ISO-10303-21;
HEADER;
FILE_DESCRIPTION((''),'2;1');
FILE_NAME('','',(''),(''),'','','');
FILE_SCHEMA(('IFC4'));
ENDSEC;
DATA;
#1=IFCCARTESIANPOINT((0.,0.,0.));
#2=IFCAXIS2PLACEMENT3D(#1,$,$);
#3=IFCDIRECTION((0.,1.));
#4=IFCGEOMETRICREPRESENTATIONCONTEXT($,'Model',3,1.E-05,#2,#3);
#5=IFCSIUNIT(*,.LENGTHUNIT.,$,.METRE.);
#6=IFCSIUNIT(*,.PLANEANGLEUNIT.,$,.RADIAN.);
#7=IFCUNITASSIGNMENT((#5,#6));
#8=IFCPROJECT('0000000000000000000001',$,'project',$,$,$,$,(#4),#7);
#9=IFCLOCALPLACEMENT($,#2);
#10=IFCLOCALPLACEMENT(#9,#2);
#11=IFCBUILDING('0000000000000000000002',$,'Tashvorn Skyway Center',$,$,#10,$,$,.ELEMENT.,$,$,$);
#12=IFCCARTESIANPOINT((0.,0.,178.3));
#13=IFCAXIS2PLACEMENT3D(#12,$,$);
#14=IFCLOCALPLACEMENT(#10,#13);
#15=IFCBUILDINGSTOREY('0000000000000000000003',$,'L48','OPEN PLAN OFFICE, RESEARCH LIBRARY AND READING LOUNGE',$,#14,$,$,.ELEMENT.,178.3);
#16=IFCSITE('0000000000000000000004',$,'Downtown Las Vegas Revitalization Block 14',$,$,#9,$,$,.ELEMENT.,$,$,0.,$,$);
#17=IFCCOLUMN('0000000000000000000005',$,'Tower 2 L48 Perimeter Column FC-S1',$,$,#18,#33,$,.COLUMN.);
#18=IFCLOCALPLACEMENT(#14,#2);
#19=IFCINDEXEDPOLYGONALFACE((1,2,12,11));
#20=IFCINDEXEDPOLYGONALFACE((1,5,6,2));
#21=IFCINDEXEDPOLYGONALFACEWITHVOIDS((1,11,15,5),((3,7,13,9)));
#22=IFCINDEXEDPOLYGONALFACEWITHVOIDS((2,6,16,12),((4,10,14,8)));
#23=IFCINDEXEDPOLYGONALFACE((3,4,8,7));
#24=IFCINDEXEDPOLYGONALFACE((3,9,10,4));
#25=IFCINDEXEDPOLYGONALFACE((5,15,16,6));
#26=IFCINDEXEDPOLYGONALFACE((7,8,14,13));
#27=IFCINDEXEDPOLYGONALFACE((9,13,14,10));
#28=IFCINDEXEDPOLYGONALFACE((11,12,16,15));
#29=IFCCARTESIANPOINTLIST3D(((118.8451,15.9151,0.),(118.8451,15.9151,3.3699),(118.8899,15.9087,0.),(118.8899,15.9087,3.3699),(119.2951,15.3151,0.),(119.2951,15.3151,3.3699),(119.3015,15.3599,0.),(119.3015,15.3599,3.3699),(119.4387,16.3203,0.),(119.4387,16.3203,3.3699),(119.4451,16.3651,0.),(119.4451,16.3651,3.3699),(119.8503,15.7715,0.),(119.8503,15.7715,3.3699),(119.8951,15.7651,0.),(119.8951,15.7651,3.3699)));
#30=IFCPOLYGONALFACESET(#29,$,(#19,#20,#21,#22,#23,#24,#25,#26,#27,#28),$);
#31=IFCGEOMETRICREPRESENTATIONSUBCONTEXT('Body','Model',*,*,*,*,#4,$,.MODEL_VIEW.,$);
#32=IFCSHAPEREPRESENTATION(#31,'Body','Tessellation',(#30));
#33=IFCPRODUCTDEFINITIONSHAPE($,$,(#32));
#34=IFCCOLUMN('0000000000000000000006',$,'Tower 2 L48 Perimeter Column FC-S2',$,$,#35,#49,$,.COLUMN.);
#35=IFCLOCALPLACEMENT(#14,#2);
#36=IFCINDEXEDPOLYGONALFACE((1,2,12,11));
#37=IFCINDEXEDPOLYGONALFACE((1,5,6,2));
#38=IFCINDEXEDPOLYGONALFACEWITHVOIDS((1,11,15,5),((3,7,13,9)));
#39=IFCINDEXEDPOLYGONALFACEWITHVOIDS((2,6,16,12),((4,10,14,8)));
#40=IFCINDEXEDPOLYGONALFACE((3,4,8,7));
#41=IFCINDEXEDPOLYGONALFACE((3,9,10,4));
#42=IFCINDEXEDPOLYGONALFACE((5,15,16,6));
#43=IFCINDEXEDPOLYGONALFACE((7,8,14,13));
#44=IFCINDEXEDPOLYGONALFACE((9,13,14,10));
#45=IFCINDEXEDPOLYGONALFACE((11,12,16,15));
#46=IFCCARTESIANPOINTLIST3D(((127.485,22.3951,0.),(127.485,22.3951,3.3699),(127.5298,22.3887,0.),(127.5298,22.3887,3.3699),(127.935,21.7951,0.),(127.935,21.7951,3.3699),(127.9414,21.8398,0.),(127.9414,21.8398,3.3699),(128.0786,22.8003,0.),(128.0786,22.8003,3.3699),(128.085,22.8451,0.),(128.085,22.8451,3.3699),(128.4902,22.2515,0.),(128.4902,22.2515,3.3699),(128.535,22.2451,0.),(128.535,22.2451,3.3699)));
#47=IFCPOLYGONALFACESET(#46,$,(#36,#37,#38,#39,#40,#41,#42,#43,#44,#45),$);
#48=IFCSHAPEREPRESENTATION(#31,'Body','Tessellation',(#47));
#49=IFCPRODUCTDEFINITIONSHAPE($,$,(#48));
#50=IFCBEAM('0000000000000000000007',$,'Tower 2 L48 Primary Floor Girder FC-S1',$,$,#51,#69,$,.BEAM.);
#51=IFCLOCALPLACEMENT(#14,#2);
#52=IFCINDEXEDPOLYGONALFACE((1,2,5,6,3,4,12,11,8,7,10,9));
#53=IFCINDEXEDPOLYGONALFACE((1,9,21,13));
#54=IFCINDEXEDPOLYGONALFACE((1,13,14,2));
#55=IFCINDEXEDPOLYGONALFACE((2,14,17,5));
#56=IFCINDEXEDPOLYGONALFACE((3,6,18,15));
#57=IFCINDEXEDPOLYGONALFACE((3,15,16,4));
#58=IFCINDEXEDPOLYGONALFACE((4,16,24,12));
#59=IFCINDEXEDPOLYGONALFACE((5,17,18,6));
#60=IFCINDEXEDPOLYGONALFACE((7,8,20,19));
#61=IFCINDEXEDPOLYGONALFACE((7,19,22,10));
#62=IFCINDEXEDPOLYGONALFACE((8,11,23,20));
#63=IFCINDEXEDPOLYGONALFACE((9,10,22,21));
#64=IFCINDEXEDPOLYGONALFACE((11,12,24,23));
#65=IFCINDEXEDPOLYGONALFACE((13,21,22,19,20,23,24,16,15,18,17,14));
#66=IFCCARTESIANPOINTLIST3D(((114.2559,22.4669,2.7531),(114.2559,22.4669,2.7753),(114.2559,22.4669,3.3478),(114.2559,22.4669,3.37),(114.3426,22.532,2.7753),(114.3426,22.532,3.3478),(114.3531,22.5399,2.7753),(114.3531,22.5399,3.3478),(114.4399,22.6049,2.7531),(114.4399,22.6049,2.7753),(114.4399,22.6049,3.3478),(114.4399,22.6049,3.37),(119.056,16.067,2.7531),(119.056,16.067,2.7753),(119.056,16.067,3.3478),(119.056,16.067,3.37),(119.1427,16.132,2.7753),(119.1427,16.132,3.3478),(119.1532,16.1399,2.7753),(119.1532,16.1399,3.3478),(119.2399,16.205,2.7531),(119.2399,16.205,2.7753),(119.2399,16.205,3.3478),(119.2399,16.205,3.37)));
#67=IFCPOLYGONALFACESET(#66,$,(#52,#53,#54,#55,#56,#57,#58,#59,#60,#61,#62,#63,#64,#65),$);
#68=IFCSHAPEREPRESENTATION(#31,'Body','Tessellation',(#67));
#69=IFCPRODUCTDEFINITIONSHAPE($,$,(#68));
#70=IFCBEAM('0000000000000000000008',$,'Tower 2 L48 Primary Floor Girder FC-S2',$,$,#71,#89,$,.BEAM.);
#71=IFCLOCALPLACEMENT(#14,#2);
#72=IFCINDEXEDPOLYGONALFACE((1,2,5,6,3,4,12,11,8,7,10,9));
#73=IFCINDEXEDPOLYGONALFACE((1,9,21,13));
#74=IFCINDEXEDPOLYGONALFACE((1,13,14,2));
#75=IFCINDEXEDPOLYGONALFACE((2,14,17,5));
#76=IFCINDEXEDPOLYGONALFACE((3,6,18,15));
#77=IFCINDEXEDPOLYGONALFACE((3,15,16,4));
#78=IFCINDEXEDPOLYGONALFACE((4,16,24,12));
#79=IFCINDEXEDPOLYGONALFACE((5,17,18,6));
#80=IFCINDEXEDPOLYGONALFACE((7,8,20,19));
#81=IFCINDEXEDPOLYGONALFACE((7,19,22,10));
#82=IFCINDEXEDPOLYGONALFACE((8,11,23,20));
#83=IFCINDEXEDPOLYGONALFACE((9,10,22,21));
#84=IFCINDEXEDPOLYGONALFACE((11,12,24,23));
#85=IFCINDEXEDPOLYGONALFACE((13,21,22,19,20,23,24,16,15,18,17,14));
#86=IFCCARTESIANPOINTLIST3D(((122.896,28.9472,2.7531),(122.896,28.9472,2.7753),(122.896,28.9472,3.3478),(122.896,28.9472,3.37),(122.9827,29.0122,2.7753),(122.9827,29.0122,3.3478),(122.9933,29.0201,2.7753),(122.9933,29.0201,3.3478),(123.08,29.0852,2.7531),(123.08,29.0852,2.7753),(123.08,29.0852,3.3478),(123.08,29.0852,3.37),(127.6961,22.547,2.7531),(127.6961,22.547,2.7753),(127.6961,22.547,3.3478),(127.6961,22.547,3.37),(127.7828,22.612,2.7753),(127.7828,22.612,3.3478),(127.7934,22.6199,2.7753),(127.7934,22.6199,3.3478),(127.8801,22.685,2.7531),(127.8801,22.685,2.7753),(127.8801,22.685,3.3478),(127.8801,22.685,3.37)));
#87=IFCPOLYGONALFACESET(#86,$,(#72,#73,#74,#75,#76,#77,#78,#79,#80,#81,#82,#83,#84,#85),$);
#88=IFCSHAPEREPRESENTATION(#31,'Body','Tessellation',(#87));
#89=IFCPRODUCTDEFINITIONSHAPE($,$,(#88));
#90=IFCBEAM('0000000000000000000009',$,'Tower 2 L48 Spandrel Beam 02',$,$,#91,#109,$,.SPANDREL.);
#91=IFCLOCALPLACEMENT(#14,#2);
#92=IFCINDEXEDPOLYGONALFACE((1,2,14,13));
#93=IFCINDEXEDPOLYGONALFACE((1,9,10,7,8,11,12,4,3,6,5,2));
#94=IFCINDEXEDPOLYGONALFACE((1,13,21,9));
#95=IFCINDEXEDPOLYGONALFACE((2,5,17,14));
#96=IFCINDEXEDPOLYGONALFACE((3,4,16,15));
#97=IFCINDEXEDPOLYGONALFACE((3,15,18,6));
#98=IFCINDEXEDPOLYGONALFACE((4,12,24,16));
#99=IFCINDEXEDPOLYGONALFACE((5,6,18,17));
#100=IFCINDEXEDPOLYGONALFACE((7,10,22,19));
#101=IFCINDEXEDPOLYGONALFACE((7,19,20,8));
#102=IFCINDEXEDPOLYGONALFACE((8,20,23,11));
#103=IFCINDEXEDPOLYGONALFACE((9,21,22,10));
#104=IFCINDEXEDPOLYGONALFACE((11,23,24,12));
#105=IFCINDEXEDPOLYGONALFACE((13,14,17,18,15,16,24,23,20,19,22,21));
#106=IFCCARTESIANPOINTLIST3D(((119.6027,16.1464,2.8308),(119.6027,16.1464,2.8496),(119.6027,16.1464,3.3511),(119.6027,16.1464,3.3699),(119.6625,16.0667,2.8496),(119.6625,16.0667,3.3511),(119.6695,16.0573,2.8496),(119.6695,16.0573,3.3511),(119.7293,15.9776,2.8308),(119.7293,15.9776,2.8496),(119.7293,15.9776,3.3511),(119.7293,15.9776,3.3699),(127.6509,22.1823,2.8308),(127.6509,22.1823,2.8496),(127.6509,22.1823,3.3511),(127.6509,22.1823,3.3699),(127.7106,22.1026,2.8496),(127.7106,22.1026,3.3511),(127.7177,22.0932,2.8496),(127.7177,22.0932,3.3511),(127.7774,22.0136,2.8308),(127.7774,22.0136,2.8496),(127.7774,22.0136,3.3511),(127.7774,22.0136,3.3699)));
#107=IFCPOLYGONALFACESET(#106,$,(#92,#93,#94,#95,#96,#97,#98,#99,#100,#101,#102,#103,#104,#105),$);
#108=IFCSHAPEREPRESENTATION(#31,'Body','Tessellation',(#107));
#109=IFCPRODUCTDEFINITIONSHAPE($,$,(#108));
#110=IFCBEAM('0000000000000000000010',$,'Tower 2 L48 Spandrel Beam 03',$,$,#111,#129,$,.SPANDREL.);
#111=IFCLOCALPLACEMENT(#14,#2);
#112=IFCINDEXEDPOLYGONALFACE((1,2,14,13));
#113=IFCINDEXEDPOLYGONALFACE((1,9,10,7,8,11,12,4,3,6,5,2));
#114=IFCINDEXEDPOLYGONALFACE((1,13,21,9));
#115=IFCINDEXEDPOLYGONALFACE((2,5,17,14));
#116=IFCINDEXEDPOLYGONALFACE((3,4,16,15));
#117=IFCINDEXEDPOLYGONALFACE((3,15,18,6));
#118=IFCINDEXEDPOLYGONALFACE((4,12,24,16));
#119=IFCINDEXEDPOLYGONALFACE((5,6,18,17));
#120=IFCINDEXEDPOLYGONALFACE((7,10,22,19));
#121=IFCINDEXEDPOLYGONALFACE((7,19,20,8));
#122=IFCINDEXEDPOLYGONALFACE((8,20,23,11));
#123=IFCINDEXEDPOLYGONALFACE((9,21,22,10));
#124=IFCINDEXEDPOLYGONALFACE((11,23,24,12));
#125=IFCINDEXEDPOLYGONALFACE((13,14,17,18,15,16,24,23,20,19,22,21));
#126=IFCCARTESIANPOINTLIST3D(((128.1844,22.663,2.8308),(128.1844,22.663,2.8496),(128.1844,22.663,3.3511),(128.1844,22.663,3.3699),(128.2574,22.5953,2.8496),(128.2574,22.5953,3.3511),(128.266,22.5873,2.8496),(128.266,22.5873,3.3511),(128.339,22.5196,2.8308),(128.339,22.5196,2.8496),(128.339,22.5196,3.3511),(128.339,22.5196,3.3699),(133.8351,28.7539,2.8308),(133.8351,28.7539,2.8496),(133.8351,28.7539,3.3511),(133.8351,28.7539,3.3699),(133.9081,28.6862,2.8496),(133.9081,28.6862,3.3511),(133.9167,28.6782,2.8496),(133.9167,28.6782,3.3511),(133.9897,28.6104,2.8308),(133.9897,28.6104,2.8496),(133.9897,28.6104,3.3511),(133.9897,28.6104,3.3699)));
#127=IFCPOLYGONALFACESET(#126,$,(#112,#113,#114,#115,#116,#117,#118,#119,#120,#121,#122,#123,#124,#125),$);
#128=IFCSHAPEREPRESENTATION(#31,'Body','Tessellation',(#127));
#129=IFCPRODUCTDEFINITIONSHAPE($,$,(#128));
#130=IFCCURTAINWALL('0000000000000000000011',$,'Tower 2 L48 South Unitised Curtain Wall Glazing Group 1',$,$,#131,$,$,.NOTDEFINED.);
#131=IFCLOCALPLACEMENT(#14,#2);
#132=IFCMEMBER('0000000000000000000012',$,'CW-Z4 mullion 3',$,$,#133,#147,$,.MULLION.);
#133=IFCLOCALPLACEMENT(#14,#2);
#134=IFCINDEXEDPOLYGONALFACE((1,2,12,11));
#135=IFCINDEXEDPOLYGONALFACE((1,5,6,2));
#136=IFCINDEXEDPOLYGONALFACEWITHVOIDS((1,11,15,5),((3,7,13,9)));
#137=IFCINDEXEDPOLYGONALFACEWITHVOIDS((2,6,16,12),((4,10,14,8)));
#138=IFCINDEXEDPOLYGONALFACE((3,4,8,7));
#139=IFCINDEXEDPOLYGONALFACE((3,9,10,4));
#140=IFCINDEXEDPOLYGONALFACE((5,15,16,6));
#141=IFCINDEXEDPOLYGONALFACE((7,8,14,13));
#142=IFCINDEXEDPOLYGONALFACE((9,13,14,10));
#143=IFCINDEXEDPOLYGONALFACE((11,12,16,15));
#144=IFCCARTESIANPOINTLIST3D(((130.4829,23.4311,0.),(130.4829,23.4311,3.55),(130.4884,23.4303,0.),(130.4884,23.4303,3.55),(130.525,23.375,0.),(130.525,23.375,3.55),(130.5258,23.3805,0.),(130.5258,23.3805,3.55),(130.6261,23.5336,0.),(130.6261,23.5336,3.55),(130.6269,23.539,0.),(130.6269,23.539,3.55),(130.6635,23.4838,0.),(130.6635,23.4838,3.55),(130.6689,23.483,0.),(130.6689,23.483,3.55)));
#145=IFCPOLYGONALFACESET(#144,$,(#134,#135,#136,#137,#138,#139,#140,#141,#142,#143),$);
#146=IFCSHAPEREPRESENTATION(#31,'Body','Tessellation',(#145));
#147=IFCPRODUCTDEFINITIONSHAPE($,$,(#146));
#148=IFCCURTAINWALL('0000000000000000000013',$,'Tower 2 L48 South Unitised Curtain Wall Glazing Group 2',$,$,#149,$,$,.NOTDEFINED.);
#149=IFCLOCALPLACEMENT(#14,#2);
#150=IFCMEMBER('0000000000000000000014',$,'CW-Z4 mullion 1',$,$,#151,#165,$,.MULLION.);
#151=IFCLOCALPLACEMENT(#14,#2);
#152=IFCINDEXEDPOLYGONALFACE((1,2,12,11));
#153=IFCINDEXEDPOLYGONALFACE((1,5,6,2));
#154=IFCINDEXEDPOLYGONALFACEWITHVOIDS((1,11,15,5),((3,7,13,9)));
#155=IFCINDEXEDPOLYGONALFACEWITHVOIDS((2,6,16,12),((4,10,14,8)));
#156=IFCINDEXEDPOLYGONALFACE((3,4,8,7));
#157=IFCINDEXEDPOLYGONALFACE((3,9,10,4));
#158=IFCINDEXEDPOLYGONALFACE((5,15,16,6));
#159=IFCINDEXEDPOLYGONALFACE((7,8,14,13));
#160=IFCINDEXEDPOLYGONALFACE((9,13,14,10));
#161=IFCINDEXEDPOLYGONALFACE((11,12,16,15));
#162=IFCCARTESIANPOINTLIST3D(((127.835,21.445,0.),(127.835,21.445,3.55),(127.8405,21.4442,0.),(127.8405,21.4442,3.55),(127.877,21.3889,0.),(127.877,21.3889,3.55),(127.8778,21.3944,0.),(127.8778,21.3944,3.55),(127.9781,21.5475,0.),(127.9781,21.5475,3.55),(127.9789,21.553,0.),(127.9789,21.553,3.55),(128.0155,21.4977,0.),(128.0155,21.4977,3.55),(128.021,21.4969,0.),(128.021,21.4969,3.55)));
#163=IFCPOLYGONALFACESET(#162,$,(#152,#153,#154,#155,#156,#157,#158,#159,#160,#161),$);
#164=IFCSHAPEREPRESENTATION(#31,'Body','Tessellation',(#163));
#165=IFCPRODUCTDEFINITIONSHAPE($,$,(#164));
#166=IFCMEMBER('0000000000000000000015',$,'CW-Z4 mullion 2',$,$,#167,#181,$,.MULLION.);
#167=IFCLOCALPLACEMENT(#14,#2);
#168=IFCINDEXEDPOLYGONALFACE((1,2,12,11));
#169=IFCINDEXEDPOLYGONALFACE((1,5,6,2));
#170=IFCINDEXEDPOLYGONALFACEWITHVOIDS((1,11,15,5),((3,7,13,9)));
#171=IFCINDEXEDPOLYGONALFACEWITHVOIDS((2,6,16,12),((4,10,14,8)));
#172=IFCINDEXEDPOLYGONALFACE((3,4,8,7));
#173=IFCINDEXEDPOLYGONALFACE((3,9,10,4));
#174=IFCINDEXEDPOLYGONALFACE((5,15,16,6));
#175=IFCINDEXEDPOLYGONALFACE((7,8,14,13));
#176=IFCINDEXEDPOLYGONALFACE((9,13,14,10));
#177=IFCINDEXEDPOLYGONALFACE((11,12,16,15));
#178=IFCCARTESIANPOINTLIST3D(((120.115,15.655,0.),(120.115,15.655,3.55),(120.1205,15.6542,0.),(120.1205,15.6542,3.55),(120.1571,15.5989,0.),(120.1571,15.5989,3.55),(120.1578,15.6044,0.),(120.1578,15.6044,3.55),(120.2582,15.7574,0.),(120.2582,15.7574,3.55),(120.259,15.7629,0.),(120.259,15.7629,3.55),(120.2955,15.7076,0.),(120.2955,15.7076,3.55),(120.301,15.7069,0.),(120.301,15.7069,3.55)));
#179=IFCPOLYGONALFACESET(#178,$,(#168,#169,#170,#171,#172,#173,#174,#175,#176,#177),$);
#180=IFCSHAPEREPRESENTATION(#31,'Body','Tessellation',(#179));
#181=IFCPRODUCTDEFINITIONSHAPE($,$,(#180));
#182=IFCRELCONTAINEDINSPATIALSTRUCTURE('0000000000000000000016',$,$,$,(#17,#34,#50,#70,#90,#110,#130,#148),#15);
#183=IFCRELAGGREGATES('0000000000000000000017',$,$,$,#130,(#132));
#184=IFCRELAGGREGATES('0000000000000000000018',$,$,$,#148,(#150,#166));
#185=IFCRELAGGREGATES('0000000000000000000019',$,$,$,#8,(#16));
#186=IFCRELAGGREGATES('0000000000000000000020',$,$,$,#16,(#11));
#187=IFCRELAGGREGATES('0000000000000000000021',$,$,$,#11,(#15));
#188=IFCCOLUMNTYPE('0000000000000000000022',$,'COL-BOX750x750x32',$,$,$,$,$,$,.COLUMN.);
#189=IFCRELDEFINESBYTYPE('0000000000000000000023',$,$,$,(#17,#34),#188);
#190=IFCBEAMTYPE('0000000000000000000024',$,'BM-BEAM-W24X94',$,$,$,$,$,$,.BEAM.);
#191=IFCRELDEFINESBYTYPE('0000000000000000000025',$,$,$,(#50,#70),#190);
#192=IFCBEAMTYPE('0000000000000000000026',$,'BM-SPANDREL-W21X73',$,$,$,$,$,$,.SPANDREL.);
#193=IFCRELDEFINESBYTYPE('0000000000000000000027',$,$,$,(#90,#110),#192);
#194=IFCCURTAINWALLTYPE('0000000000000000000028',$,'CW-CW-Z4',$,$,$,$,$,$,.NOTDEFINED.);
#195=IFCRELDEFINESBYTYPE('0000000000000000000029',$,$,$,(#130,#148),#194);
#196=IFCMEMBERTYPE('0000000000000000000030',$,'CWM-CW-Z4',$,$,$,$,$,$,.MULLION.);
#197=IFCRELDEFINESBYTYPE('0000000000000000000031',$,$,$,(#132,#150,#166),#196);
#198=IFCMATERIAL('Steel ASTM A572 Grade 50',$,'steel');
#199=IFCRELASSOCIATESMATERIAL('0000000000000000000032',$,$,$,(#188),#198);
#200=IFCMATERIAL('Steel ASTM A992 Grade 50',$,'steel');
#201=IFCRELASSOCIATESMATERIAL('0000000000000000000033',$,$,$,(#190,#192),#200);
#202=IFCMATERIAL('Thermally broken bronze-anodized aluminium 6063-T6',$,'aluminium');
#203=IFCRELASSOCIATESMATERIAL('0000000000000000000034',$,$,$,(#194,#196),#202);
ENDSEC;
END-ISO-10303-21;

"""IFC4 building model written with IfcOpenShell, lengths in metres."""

from ifc_helpers import new_model, si_unit, direction, frame, origin, origin_2d, place, context, subcontext, project, spatial, hollow_rectangle, i_section, extrude, material, material_profile, profile_set, type_object, element, aggregate, save


model = new_model("IFC4")

# Units and contexts
model_context = context("Model", 3, precision=1e-05, world=origin(), true_north=direction((0.0, 1.0)))
body_context = subcontext(model_context, "Body", "Model", "MODEL_VIEW")
ifc_project = project(units=[si_unit("LENGTHUNIT", "METRE"), si_unit("PLANEANGLEUNIT", "RADIAN")], contexts=[model_context])

# Site, building, storey
site_placement = place(None, origin())
site = spatial("IfcSite", under=ifc_project, at=site_placement, Name="Downtown Las Vegas Revitalization Block 14", CompositionType="ELEMENT", RefElevation=0.0)
building_placement = place(site_placement, origin())
building = spatial("IfcBuilding", under=site, at=building_placement, Name="Tashvorn Skyway Center", CompositionType="ELEMENT")
storey_placement = place(building_placement, frame((0.0, 0.0, 178.3)))
storey = spatial("IfcBuildingStorey", under=building, at=storey_placement, Name="L48", Description="OPEN PLAN OFFICE, RESEARCH LIBRARY AND READING LOUNGE", CompositionType="ELEMENT", Elevation=178.3)

# Columns
ifc_material_1 = material(Name="Steel ASTM A572 Grade 50", Category="steel")
ifc_material_profile_1 = material_profile(ifc_material_1, hollow_rectangle(XDim=0.75, YDim=0.75, WallThickness=0.032, at=origin_2d()), Name="BOX750x750x32")
ifc_profile_set_1 = profile_set([ifc_material_profile_1], Name="Steel ASTM A572 Grade 50")
column_type = type_object("IfcColumnType", Name="COL-BOX750x750x32", PredefinedType="COLUMN", material=ifc_profile_set_1)
for number, where, z_axis, x_axis, name in (
    (1, (119.3701, 15.8401, 0.0), (0.0, 0.0, 1.0), (0.8, 0.6, 0.0), "Tower 2 L48 Perimeter Column FC-S1"),
    (2, (128.01, 22.3201, 0.0), (0.0, 0.0, 1.0), (0.8, 0.6, 0.0), "Tower 2 L48 Perimeter Column FC-S2"),
):
    element("IfcColumn", number, at=place(storey_placement, frame(where, z_axis=z_axis, x_axis=x_axis)), inside=storey, type_object=column_type, Name=name, PredefinedType="COLUMN", context=body_context, shape_type="SweptSolid", body=[
        extrude(hollow_rectangle(XDim=0.75, YDim=0.75, WallThickness=0.032, at=origin_2d()), origin(), (0.0, 0.0, 1.0), 3.3699),
    ])

# Beams
ifc_material_2 = material(Name="Steel ASTM A992 Grade 50", Category="steel")
ifc_material_profile_2 = material_profile(ifc_material_2, i_section(OverallWidth=0.23, OverallDepth=0.6169, WebThickness=0.0132, FlangeThickness=0.0222, at=origin_2d()), Name="W24X94")
ifc_profile_set_2 = profile_set([ifc_material_profile_2], Name="Steel ASTM A992 Grade 50")
beam_type_1 = type_object("IfcBeamType", Name="BM-BEAM-W24X94", PredefinedType="BEAM", material=ifc_profile_set_2)
beam_1_placement = place(storey_placement, frame((119.1479, 16.136, 3.0615), z_axis=(-0.60001, 0.799993, 0.0), x_axis=(-0.799993, -0.60001, 0.0)))
element("IfcBeam", 3, at=beam_1_placement, inside=storey, type_object=beam_type_1, Name="Tower 2 L48 Primary Floor Girder FC-S1", PredefinedType="BEAM", context=body_context, shape_type="SweptSolid", body=[
    extrude(i_section(OverallWidth=0.23, OverallDepth=0.6169, WebThickness=0.0132, FlangeThickness=0.0222, at=origin_2d()), origin(), (0.0, 0.0, 1.0), 8.0),
])
beam_2_placement = place(storey_placement, frame((127.7881, 22.616, 3.0615), z_axis=(-0.599995, 0.800004, 0.0), x_axis=(-0.800004, -0.599995, 0.0)))
element("IfcBeam", 4, at=beam_2_placement, inside=storey, type_object=beam_type_1, Name="Tower 2 L48 Primary Floor Girder FC-S2", PredefinedType="BEAM", context=body_context, shape_type="SweptSolid", body=[
    extrude(i_section(OverallWidth=0.23, OverallDepth=0.6169, WebThickness=0.0132, FlangeThickness=0.0222, at=origin_2d()), origin(), (0.0, 0.0, 1.0), 8.0002),
])
ifc_material_profile_3 = material_profile(ifc_material_2, i_section(OverallWidth=0.2109, OverallDepth=0.5391, WebThickness=0.0117, FlangeThickness=0.0188, at=origin_2d()), Name="W21X73")
ifc_profile_set_3 = profile_set([ifc_material_profile_3], Name="Steel ASTM A992 Grade 50")
beam_type_2 = type_object("IfcBeamType", Name="BM-SPANDREL-W21X73", PredefinedType="SPANDREL", material=ifc_profile_set_3)
beam_3_placement = place(storey_placement, frame((119.666, 16.062, 3.1003), z_axis=(0.800009, 0.599988, 0.0), x_axis=(-0.599988, 0.800009, 0.0)))
element("IfcBeam", 5, at=beam_3_placement, inside=storey, type_object=beam_type_2, Name="Tower 2 L48 Spandrel Beam 02", PredefinedType="SPANDREL", context=body_context, shape_type="SweptSolid", body=[
    extrude(i_section(OverallWidth=0.2109, OverallDepth=0.5391, WebThickness=0.0117, FlangeThickness=0.0188, at=origin_2d()), origin(), (0.0, 0.0, 1.0), 10.0601),
])
beam_4_placement = place(storey_placement, frame((128.2617, 22.5913, 3.1003), z_axis=(0.68012, 0.733101, 0.0), x_axis=(-0.733101, 0.68012, 0.0)))
element("IfcBeam", 6, at=beam_4_placement, inside=storey, type_object=beam_type_2, Name="Tower 2 L48 Spandrel Beam 03", PredefinedType="SPANDREL", context=body_context, shape_type="SweptSolid", body=[
    extrude(i_section(OverallWidth=0.2109, OverallDepth=0.5391, WebThickness=0.0117, FlangeThickness=0.0188, at=origin_2d()), origin(), (0.0, 0.0, 1.0), 8.3083),
])

# Curtain wall, member
ifc_material_3 = material(Name="Thermally broken bronze-anodized aluminium 6063-T6", Category="aluminium")
curtain_wall_type = type_object("IfcCurtainWallType", Name="CW-CW-Z4", PredefinedType="NOTDEFINED", material=ifc_material_3)
curtain_wall_1_placement = place(storey_placement, origin())
curtain_wall_1 = element("IfcCurtainWall", 7, at=curtain_wall_1_placement, inside=storey, type_object=curtain_wall_type, Name="Tower 2 L48 South Unitised Curtain Wall Glazing Group 1", PredefinedType="NOTDEFINED")
ifc_material_profile_4 = material_profile(ifc_material_3, hollow_rectangle(XDim=0.0701, YDim=0.1799, WallThickness=0.0039, at=origin_2d()), Name="ALU-MULL-70x180")
ifc_profile_set_4 = profile_set([ifc_material_profile_4], Name="Thermally broken bronze-anodized aluminium 6063-T6")
member_type_1 = type_object("IfcMemberType", Name="CWM-CW-Z4", PredefinedType="MULLION", material=ifc_profile_set_4)
member_1_placement = place(storey_placement, frame((130.5759, 23.457, 0.0), z_axis=(0.0, 0.0, 1.0), x_axis=(0.6, -0.8, 0.0)))
member_1 = element("IfcMember", 8, at=member_1_placement, type_object=member_type_1, Name="CW-Z4 mullion 3", PredefinedType="MULLION", context=body_context, shape_type="SweptSolid", body=[
    extrude(hollow_rectangle(XDim=0.0701, YDim=0.1799, WallThickness=0.0039, at=origin_2d()), origin(), (0.0, 0.0, 1.0), 3.55),
])

# Curtain wall, members
curtain_wall_2_placement = place(storey_placement, origin())
curtain_wall_2 = element("IfcCurtainWall", 9, at=curtain_wall_2_placement, inside=storey, type_object=curtain_wall_type, Name="Tower 2 L48 South Unitised Curtain Wall Glazing Group 2", PredefinedType="NOTDEFINED")
member_2_placement = place(storey_placement, frame((127.928, 21.4709, 0.0), z_axis=(0.0, 0.0, 1.0), x_axis=(0.6, -0.8, 0.0)))
member_2 = element("IfcMember", 10, at=member_2_placement, type_object=member_type_1, Name="CW-Z4 mullion 1", PredefinedType="MULLION", context=body_context, shape_type="SweptSolid", body=[
    extrude(hollow_rectangle(XDim=0.0701, YDim=0.1799, WallThickness=0.0039, at=origin_2d()), origin(), (0.0, 0.0, 1.0), 3.55),
])
member_3_placement = place(storey_placement, frame((120.208, 15.6809, 0.0), z_axis=(0.0, 0.0, 1.0), x_axis=(0.6, -0.8, 0.0)))
member_3 = element("IfcMember", 11, at=member_3_placement, type_object=member_type_1, Name="CW-Z4 mullion 2", PredefinedType="MULLION", context=body_context, shape_type="SweptSolid", body=[
    extrude(hollow_rectangle(XDim=0.0701, YDim=0.1799, WallThickness=0.0039, at=origin_2d()), origin(), (0.0, 0.0, 1.0), 3.55),
])

aggregate(curtain_wall_1, [member_1])
aggregate(curtain_wall_2, [member_2, member_3])

save(model, "model.ifc")
